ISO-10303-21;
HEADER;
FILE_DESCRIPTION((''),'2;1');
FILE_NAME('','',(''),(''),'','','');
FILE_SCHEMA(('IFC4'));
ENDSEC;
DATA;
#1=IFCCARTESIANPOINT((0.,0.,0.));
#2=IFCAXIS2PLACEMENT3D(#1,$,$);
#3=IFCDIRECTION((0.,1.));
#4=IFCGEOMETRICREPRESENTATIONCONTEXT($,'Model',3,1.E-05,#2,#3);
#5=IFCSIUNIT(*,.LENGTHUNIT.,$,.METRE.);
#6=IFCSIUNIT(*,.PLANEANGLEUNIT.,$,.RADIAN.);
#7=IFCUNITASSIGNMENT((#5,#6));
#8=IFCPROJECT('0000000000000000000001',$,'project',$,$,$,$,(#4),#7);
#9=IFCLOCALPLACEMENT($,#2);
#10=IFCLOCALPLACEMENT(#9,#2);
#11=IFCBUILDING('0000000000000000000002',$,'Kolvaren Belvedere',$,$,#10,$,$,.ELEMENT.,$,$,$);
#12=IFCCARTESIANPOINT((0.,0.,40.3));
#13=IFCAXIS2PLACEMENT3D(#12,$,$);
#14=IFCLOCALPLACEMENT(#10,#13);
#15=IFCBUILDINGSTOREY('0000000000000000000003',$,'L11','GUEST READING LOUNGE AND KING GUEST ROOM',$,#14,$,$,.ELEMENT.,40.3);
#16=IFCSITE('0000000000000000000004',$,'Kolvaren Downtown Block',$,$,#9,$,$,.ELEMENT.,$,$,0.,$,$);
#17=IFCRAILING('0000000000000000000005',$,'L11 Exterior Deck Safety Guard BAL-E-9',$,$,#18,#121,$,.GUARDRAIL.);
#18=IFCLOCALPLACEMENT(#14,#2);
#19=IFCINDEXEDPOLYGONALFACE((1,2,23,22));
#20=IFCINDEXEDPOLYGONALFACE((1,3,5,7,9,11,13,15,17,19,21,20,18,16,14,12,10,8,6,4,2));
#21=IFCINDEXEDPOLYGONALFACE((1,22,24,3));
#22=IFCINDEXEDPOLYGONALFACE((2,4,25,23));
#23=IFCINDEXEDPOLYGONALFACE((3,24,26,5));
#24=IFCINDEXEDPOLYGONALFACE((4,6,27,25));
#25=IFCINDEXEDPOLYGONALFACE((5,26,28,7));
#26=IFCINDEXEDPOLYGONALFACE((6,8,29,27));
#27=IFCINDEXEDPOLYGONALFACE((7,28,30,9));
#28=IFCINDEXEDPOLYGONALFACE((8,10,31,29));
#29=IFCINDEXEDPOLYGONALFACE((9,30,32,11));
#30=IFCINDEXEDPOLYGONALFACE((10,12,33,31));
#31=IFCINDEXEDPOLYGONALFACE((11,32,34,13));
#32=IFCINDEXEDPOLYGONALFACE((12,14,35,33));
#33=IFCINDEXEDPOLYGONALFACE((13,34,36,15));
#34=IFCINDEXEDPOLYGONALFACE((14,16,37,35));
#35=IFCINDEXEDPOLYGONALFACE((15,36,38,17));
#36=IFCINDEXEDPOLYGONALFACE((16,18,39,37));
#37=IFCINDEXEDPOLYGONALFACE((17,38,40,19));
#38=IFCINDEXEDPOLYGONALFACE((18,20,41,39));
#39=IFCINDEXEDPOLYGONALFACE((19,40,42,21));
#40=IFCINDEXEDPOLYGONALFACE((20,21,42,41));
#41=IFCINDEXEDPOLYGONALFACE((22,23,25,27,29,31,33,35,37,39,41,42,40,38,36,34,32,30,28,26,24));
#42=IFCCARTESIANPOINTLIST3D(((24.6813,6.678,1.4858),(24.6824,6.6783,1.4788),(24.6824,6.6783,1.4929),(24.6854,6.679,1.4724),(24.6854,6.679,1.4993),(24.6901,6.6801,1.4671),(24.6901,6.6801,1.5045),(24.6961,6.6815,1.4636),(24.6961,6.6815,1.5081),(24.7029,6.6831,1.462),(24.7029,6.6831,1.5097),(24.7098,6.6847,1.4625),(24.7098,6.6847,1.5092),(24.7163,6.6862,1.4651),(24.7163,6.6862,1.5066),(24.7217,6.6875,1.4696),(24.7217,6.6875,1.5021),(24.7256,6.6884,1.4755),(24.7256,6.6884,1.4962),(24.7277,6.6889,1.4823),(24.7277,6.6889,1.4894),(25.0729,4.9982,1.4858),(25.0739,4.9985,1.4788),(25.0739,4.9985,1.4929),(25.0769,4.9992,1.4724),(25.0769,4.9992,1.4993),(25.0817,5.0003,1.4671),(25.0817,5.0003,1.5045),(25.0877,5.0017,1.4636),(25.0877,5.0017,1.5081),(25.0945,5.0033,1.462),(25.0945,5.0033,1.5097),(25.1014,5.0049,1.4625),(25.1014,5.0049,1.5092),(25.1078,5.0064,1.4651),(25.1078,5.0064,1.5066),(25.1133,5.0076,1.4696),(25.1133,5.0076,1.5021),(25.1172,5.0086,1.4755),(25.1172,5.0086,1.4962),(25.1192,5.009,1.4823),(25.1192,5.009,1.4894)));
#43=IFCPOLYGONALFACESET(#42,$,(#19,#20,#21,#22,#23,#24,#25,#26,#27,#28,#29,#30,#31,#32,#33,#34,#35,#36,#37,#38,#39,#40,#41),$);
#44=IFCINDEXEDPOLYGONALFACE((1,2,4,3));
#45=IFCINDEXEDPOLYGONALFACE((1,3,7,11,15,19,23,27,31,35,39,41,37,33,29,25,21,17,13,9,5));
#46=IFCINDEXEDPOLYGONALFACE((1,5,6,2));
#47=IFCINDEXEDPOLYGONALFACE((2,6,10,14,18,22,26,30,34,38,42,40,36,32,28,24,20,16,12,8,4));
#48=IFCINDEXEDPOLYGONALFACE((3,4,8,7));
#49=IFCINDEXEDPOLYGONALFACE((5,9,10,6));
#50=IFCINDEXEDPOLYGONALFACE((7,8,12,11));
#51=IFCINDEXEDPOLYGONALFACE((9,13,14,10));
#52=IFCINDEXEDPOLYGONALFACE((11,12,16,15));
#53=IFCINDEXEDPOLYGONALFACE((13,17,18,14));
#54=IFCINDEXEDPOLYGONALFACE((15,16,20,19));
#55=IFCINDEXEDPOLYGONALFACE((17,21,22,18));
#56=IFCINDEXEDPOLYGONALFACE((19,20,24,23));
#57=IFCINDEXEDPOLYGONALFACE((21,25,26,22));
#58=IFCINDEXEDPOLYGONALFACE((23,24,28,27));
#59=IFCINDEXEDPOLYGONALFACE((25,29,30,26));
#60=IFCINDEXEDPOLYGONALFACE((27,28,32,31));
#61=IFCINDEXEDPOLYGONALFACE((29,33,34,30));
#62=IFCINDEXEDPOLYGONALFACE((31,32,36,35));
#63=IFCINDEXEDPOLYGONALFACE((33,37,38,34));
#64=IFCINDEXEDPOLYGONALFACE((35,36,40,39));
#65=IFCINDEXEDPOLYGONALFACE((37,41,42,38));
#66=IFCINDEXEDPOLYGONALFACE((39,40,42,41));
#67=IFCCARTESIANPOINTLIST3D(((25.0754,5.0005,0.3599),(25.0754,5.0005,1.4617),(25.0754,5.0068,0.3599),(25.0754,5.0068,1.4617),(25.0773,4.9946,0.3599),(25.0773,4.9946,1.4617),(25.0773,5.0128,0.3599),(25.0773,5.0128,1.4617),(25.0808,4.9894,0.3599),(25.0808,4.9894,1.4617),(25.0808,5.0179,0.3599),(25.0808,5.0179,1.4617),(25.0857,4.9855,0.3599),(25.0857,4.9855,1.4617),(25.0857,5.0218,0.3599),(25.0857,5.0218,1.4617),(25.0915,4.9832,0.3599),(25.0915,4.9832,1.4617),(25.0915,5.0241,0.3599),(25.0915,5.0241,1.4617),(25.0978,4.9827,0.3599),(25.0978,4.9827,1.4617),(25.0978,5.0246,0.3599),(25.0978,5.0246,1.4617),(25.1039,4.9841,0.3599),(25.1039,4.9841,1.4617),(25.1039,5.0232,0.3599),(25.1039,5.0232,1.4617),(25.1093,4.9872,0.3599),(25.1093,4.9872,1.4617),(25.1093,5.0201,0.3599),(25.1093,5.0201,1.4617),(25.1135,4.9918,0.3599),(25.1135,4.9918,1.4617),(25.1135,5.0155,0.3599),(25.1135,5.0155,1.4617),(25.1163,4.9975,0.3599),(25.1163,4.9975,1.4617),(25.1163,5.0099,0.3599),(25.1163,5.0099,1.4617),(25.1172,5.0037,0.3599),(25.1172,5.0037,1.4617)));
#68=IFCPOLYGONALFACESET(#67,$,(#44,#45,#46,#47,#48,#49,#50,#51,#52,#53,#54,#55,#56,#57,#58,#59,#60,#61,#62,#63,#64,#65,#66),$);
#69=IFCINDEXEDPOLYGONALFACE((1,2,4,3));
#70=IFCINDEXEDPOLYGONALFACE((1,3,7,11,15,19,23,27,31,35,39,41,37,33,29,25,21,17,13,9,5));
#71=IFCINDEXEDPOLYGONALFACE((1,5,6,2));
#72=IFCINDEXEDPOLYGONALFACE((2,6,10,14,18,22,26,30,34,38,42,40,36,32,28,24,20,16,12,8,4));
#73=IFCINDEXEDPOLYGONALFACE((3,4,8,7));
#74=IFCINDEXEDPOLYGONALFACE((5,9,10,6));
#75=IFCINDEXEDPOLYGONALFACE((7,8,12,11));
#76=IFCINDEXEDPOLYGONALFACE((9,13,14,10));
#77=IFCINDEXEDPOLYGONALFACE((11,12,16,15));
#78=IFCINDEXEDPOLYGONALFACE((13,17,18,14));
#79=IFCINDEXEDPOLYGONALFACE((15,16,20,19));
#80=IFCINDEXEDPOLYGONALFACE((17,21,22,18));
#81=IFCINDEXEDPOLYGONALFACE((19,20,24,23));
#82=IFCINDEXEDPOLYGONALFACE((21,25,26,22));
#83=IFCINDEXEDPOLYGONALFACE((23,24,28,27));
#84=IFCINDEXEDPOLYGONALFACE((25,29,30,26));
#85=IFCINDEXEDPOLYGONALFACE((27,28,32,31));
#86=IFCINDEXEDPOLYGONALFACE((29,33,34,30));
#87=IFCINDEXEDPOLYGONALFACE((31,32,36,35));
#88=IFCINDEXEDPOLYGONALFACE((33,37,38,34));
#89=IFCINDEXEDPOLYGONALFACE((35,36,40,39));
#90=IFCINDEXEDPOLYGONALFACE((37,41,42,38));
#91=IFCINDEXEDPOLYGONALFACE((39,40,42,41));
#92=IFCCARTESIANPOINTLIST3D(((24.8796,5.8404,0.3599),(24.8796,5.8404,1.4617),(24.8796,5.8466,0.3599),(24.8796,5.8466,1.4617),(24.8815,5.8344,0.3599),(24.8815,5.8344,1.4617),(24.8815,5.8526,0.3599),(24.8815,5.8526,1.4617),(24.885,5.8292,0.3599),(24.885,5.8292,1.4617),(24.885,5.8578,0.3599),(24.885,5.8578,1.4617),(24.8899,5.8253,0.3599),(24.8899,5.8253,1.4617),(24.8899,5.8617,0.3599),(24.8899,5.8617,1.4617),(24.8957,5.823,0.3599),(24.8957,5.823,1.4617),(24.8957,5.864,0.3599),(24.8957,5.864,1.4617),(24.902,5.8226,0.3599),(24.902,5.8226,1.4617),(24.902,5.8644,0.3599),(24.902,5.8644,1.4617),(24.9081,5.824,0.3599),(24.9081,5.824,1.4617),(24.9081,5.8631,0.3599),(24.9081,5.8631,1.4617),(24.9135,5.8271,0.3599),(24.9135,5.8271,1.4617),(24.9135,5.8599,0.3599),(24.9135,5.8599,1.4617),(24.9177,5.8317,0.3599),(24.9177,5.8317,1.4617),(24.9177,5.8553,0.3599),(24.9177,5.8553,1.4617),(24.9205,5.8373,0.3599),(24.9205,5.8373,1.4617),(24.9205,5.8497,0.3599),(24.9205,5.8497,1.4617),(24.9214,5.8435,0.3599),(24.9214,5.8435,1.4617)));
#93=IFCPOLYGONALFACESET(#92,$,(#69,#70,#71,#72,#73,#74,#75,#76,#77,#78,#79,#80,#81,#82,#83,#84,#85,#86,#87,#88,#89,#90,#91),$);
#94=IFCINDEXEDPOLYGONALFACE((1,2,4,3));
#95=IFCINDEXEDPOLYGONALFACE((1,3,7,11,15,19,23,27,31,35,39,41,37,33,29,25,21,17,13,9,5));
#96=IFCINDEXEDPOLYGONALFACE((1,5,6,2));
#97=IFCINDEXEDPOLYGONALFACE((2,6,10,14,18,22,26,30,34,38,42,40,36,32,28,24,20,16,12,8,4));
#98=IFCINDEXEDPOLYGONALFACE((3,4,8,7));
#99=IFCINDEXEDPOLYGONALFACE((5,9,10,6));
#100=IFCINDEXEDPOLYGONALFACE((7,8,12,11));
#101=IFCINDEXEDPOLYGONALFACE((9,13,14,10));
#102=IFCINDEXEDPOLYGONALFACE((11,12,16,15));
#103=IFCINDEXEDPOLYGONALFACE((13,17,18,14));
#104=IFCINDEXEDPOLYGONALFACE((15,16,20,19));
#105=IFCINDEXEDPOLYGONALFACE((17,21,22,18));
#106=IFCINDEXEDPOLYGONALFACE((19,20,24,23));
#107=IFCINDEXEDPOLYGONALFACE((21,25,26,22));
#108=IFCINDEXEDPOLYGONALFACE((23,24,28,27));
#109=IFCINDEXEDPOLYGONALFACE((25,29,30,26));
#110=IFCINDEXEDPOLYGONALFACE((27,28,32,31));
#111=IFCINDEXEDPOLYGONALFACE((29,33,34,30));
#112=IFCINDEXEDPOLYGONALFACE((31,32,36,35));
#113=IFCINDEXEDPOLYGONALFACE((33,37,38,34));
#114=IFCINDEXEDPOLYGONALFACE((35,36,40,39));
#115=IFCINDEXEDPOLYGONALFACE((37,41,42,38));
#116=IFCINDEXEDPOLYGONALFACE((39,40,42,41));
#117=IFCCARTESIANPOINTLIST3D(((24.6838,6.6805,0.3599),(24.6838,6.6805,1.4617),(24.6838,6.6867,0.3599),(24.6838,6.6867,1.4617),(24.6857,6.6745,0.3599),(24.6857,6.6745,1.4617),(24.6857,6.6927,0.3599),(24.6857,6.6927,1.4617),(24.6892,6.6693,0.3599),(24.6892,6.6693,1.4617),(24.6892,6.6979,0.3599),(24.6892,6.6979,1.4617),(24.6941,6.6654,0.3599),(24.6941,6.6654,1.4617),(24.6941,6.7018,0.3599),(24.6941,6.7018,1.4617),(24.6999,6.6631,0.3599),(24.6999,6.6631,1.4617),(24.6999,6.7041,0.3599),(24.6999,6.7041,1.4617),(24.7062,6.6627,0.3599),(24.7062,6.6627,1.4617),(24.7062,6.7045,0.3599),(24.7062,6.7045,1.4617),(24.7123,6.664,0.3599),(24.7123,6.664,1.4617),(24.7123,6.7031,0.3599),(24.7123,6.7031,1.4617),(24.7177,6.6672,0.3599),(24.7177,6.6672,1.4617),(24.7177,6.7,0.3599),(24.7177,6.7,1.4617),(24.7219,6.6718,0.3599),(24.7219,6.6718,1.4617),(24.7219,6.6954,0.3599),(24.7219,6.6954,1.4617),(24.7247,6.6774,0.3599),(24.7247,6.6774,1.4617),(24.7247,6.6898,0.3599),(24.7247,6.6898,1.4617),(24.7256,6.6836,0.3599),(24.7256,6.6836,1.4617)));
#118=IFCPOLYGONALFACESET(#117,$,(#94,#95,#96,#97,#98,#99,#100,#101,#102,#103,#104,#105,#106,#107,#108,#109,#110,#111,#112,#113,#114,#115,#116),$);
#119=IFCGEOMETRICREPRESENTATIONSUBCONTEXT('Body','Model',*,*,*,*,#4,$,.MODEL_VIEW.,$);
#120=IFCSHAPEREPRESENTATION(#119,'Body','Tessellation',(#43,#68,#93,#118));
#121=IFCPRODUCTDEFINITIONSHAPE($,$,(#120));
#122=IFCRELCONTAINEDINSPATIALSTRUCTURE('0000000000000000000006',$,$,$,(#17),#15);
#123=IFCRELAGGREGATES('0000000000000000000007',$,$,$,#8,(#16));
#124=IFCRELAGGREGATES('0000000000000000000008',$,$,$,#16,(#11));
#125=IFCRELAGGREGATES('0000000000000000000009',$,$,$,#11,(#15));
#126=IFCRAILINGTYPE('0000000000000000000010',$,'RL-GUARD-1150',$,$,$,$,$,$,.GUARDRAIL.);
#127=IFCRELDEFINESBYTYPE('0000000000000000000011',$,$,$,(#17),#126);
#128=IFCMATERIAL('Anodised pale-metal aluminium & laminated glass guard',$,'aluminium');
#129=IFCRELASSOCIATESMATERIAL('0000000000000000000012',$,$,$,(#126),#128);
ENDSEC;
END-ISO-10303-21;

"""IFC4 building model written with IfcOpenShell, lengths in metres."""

from ifc_helpers import new_model, si_unit, direction, frame, origin, origin_2d, place, context, subcontext, project, spatial, circle, extrude, material, type_object, element, save


model = new_model("IFC4")

# Units and contexts
model_context = context("Model", 3, precision=1e-05, world=origin(), true_north=direction((0.0, 1.0)))
body_context = subcontext(model_context, "Body", "Model", "MODEL_VIEW")
ifc_project = project(units=[si_unit("LENGTHUNIT", "METRE"), si_unit("PLANEANGLEUNIT", "RADIAN")], contexts=[model_context])

# Site, building, storey
site_placement = place(None, origin())
site = spatial("IfcSite", under=ifc_project, at=site_placement, Name="Kolvaren Downtown Block", CompositionType="ELEMENT", RefElevation=0.0)
building_placement = place(site_placement, origin())
building = spatial("IfcBuilding", under=site, at=building_placement, Name="Kolvaren Belvedere", CompositionType="ELEMENT")
storey_placement = place(building_placement, frame((0.0, 0.0, 40.3)))
storey = spatial("IfcBuildingStorey", under=building, at=storey_placement, Name="L11", Description="GUEST READING LOUNGE AND KING GUEST ROOM", CompositionType="ELEMENT", Elevation=40.3)

# Railing
ifc_material_1 = material(Name="Anodised pale-metal aluminium & laminated glass guard", Category="aluminium")
railing_type = type_object("IfcRailingType", Name="RL-GUARD-1150", PredefinedType="GUARDRAIL", material=ifc_material_1)
railing_1_placement = place(storey_placement, frame((25.0962, 5.0037, 0.3599)))
element("IfcRailing", 1, at=railing_1_placement, inside=storey, type_object=railing_type, Name="L11 Exterior Deck Safety Guard BAL-E-9", PredefinedType="GUARDRAIL", context=body_context, shape_type="SweptSolid", body=[
    extrude(circle(Radius=0.0239, at=origin_2d()), frame((0.0, 0.0, 1.126), z_axis=(-0.227019, 0.97389, 0.0), x_axis=(-0.97389, -0.227019, 0.0)), (0.0, 0.0, 1.0), 1.7249),
    extrude(circle(Radius=0.021, at=origin_2d()), origin(), (0.0, 0.0, 1.0), 1.1018),
    extrude(circle(Radius=0.021, at=origin_2d()), frame((-0.1958, 0.8398, 0.0)), (0.0, 0.0, 1.0), 1.1018),
    extrude(circle(Radius=0.021, at=origin_2d()), frame((-0.3916, 1.6799, 0.0)), (0.0, 0.0, 1.0), 1.1018),
])

save(model, "model.ifc")
